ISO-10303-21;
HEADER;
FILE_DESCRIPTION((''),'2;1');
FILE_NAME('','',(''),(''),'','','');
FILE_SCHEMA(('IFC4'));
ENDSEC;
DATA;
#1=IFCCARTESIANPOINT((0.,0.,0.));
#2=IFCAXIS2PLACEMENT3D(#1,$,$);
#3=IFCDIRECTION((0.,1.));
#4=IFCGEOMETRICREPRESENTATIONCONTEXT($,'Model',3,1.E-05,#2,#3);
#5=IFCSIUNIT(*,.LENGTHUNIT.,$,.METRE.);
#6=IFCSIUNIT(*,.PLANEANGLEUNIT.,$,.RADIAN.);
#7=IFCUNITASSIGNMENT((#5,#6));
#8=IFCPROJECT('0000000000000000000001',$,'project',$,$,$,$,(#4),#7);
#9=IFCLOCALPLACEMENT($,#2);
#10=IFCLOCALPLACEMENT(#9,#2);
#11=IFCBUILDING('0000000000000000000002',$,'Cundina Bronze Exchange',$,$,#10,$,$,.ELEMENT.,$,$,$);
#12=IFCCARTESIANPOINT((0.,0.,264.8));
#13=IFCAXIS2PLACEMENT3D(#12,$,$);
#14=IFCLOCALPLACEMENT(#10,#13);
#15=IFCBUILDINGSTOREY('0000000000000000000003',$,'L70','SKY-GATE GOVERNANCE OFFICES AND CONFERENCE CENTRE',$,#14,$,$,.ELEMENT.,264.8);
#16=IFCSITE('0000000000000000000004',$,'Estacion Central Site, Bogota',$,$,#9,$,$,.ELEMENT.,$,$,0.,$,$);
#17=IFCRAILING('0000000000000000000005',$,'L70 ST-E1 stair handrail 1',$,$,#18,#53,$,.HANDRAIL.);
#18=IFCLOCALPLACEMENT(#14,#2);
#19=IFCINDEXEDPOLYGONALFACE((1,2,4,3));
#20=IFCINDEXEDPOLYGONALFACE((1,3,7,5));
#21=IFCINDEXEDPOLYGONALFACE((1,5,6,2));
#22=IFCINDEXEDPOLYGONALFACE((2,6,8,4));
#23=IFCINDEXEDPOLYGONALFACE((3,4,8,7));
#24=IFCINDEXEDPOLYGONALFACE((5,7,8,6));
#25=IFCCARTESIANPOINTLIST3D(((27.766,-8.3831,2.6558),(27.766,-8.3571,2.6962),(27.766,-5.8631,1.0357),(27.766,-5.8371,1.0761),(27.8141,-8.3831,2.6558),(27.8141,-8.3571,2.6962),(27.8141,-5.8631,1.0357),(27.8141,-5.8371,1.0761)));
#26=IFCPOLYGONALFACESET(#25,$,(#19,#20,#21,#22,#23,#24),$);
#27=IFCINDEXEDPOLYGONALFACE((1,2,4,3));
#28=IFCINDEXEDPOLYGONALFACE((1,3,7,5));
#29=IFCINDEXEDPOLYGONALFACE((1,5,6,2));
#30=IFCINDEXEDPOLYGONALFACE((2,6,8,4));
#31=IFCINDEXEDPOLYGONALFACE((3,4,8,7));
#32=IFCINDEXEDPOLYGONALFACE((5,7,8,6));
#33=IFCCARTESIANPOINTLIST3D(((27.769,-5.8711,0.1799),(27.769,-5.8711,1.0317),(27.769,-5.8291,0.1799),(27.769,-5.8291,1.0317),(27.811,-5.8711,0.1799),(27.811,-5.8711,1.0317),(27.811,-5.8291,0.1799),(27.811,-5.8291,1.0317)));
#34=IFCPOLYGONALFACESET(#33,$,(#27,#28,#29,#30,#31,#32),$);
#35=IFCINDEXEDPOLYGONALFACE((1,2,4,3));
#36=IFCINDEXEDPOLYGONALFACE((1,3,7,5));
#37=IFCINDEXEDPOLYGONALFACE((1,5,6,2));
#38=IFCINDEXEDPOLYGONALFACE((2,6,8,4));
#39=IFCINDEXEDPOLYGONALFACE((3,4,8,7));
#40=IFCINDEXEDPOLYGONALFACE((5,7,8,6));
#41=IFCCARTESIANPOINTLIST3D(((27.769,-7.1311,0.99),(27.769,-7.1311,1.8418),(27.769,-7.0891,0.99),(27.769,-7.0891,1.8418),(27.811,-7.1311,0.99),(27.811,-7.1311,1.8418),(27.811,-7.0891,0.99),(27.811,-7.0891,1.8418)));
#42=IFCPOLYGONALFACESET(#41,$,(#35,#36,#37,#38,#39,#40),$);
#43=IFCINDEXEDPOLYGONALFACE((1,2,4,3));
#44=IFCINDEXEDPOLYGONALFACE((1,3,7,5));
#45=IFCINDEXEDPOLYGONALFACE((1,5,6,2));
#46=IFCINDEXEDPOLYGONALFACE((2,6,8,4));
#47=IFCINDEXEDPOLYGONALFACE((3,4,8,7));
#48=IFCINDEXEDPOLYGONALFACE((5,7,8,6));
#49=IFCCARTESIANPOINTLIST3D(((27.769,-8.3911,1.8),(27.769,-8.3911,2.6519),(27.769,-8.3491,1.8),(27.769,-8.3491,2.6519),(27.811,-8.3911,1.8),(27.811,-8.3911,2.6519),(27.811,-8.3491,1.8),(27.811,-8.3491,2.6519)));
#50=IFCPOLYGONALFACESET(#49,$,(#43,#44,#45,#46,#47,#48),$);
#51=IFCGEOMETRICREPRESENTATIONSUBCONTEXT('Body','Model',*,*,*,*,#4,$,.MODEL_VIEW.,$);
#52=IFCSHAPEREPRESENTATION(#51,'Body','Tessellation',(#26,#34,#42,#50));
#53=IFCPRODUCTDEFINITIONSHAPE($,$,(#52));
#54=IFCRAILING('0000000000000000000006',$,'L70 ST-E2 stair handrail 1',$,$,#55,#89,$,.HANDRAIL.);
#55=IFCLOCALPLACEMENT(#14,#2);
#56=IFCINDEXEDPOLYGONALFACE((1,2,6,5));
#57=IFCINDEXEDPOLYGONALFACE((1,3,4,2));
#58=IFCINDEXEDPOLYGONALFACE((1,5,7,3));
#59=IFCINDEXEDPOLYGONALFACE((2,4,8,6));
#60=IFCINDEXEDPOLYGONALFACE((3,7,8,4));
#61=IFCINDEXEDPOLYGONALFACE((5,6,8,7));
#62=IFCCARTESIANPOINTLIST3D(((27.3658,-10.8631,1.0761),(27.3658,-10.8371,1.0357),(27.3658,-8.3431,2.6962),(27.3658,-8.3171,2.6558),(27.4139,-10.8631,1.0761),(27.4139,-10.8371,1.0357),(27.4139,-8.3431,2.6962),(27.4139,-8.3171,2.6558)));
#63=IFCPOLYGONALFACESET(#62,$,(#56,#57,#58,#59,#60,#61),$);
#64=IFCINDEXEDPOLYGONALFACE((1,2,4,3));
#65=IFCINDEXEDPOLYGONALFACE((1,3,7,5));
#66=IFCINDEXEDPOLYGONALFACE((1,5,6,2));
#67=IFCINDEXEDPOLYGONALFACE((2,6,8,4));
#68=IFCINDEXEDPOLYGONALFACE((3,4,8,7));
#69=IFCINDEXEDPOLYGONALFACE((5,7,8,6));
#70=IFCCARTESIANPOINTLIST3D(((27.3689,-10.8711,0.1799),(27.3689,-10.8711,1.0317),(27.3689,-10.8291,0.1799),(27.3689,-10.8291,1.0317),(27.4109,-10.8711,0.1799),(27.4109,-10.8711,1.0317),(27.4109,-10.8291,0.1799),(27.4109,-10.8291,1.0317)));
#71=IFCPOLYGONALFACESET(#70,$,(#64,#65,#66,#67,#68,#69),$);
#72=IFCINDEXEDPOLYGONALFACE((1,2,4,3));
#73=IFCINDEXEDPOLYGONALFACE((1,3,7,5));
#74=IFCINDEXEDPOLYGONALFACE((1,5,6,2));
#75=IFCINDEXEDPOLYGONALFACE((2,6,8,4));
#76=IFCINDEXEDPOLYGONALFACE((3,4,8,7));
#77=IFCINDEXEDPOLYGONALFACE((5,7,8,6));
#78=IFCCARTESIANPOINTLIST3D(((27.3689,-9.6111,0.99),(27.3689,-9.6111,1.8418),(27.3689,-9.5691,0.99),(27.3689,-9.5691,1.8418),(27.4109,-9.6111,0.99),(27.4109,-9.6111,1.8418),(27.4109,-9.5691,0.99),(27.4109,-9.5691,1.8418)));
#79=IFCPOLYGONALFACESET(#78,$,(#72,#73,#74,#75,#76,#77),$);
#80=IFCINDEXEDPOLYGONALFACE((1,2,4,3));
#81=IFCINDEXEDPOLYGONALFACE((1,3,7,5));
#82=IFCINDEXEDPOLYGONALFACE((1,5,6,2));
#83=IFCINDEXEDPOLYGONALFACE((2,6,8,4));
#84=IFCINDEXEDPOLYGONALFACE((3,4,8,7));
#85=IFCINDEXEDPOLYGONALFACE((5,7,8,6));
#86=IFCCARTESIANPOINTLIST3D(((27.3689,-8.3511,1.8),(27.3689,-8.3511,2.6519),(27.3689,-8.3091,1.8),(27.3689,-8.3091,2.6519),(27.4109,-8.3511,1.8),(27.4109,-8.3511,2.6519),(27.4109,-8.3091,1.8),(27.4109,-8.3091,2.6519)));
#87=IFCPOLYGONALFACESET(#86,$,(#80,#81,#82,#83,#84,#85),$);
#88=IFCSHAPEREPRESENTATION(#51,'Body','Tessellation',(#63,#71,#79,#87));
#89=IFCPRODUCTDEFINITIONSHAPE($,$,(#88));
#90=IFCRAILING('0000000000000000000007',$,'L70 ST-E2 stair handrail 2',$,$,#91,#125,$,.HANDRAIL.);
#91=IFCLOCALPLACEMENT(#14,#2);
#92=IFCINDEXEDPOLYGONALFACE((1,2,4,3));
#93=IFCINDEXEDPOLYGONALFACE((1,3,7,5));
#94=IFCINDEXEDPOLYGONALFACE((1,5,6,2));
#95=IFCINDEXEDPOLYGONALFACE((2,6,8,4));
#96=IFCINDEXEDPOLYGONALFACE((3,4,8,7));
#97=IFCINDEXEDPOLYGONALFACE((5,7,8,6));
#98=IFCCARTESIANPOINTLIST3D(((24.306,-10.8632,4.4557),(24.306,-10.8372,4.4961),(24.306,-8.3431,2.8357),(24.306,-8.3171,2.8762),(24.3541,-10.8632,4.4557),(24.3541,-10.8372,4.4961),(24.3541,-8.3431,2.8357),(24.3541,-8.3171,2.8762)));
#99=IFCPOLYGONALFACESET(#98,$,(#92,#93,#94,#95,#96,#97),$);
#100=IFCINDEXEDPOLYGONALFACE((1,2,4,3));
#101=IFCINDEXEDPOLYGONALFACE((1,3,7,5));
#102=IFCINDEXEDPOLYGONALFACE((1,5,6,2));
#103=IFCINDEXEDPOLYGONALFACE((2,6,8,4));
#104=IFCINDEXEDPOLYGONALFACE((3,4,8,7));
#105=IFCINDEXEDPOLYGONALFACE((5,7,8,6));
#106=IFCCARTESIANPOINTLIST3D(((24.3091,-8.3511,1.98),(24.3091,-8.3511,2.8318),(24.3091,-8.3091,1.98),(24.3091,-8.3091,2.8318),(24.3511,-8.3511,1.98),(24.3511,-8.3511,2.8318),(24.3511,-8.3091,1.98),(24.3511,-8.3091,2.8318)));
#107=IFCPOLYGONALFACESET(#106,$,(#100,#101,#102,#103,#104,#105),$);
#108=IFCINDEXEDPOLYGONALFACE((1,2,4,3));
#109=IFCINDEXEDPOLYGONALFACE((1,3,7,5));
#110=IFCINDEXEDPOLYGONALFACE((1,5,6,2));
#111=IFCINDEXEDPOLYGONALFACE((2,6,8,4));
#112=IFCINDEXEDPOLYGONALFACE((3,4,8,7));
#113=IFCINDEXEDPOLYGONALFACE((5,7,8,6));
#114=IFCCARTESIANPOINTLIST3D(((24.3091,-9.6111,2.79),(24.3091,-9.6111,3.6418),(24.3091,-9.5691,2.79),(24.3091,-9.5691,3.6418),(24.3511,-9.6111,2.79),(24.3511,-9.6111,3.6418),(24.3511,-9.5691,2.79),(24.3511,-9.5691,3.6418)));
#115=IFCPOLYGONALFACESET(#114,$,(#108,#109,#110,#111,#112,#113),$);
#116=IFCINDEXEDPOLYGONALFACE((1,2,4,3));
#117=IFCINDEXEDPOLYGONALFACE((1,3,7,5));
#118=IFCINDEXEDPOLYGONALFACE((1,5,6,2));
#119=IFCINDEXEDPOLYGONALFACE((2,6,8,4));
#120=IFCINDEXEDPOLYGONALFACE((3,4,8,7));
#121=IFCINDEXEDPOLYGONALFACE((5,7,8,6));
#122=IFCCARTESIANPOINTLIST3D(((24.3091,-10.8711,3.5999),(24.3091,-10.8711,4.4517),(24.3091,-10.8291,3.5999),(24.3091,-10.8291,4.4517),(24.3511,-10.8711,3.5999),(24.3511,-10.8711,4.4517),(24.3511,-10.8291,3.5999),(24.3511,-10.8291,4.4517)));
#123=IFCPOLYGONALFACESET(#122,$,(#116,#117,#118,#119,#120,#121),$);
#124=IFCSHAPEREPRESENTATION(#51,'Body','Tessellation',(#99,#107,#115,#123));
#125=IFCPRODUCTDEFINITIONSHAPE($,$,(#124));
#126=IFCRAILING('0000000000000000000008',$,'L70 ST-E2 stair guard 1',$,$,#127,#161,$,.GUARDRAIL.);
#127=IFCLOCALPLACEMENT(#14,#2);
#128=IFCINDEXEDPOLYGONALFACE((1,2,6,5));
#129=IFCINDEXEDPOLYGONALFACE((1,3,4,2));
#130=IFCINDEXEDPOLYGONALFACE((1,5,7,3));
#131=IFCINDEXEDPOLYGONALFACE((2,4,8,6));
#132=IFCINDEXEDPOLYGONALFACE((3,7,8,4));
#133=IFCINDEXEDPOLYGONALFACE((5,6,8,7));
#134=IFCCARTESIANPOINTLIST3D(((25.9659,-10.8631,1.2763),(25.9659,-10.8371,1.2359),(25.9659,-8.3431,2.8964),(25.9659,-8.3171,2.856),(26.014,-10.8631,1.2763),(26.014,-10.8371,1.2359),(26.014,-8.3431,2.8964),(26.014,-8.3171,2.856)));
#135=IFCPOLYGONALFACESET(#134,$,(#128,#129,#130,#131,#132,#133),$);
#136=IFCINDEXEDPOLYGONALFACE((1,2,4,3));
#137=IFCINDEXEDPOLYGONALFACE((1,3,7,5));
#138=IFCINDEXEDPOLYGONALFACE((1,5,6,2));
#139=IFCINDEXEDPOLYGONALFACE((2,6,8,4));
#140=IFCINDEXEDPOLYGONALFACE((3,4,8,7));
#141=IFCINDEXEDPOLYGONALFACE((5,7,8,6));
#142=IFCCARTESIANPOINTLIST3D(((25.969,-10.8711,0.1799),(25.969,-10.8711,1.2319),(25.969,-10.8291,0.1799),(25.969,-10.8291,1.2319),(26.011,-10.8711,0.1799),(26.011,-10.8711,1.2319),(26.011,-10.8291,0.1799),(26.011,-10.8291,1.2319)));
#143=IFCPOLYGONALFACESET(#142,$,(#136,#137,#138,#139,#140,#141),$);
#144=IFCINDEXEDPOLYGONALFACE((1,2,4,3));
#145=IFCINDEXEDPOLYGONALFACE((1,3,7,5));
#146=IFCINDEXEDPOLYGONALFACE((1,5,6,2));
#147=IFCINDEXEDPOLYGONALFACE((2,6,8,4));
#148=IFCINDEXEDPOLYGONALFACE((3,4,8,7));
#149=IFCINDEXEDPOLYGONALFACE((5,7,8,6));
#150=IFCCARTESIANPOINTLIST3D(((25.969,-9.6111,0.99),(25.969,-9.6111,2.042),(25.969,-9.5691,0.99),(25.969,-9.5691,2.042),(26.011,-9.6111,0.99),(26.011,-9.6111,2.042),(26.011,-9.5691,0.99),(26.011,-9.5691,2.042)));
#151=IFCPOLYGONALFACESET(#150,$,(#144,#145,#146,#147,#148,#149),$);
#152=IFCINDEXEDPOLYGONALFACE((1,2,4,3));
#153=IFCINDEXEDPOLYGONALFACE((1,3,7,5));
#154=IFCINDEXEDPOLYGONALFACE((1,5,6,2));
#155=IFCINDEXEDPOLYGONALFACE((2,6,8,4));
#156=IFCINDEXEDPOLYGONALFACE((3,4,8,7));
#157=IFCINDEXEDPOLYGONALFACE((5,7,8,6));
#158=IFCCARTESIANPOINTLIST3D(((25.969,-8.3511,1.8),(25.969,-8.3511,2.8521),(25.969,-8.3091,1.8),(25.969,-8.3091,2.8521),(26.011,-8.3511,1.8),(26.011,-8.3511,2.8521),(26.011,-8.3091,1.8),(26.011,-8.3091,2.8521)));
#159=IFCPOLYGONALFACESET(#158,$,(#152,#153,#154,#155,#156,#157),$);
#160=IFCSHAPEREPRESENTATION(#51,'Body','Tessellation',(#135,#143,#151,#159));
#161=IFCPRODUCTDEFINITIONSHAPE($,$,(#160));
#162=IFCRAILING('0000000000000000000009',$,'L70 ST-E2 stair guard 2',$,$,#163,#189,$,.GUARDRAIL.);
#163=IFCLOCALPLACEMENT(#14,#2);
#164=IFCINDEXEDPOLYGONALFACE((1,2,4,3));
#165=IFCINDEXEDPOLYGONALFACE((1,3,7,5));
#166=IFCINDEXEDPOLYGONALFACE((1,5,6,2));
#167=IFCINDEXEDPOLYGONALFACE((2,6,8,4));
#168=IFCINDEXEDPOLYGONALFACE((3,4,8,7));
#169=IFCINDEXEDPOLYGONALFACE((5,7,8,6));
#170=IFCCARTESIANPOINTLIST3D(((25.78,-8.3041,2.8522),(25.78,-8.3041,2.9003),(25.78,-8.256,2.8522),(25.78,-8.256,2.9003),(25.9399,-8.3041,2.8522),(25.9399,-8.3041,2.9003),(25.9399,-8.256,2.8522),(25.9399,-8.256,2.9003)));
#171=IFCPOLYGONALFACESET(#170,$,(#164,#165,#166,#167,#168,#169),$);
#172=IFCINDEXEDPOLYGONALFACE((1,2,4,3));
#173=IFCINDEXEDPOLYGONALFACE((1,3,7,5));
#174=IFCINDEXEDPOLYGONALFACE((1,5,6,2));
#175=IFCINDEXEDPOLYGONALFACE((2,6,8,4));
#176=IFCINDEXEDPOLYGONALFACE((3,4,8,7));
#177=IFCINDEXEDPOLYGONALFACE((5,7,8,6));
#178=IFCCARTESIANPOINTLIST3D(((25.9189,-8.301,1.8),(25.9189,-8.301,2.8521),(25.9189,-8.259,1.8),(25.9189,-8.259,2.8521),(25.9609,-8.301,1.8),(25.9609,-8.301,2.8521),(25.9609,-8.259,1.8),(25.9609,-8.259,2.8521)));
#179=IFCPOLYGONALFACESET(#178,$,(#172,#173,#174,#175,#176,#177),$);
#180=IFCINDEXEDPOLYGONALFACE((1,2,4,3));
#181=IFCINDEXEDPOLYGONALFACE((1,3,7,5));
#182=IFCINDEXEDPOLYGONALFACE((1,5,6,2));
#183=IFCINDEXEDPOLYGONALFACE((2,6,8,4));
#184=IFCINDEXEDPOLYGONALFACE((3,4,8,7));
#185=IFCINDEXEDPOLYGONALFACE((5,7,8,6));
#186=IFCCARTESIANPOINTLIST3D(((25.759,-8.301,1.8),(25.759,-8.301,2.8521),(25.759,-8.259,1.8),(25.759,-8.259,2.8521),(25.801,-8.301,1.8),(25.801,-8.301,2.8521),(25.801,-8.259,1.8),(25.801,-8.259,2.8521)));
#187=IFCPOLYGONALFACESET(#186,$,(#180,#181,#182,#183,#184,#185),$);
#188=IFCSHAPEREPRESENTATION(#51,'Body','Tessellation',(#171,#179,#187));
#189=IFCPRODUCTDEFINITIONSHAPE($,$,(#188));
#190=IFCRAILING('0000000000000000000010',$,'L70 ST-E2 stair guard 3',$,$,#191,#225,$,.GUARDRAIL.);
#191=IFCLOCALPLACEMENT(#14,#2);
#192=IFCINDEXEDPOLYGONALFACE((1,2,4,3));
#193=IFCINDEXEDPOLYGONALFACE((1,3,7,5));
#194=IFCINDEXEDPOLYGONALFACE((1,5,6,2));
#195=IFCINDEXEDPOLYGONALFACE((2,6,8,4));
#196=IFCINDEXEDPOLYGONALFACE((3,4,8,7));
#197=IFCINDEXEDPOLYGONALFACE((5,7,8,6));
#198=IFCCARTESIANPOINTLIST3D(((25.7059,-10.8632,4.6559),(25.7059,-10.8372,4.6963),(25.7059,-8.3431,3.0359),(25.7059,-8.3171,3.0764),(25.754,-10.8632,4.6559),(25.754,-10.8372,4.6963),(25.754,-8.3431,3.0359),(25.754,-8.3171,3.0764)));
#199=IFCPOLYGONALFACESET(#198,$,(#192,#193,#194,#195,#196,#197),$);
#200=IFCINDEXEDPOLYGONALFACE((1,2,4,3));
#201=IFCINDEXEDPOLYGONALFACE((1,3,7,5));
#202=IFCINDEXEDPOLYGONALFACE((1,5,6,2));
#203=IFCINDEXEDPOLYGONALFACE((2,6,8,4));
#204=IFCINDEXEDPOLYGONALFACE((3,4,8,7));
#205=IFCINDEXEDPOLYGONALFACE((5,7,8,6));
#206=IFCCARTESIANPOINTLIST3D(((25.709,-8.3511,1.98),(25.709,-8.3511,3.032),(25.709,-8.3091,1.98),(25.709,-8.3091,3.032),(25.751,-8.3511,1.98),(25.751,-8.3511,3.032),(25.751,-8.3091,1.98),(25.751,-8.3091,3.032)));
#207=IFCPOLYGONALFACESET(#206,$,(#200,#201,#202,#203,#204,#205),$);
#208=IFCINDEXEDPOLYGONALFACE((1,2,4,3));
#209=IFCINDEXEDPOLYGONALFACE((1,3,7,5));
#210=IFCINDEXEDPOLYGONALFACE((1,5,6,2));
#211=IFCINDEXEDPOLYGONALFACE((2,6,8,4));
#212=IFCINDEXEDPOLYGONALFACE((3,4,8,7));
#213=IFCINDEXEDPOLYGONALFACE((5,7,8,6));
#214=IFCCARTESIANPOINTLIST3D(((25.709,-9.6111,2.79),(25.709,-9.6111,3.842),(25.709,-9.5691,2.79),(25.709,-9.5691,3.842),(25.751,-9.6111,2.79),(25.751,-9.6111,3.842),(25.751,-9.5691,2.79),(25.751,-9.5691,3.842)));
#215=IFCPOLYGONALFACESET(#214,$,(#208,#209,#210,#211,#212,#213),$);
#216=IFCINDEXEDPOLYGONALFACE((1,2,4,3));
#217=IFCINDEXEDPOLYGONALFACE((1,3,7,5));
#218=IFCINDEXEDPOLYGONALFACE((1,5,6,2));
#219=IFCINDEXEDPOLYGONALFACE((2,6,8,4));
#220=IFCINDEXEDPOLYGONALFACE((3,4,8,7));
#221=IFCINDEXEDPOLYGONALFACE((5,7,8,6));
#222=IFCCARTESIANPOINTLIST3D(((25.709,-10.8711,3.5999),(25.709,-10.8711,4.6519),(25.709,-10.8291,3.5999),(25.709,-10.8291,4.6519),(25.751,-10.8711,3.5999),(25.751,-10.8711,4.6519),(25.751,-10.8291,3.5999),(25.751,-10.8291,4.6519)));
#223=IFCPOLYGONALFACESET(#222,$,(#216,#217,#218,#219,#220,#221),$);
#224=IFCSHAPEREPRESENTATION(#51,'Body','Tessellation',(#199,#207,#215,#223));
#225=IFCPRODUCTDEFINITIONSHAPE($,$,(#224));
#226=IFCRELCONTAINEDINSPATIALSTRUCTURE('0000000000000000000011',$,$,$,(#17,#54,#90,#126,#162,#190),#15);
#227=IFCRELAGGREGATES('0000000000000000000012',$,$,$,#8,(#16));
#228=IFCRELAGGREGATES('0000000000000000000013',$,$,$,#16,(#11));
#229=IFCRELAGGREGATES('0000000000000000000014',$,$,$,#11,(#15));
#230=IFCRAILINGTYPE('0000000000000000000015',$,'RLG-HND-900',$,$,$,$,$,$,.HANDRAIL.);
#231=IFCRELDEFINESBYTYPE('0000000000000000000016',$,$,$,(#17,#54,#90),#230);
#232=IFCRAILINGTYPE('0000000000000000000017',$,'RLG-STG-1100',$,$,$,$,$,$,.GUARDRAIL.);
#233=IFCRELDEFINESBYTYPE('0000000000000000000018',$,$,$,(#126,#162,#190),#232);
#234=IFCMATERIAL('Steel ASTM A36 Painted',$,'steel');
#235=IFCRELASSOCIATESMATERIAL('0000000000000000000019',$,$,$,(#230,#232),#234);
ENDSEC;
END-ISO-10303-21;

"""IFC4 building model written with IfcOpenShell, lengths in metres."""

from ifc_helpers import new_model, si_unit, direction, frame, origin, origin_2d, place, context, subcontext, project, spatial, rectangle, extrude, material, type_object, element, save


model = new_model("IFC4")

# Units and contexts
model_context = context("Model", 3, precision=1e-05, world=origin(), true_north=direction((0.0, 1.0)))
body_context = subcontext(model_context, "Body", "Model", "MODEL_VIEW")
ifc_project = project(units=[si_unit("LENGTHUNIT", "METRE"), si_unit("PLANEANGLEUNIT", "RADIAN")], contexts=[model_context])

# Site, building, storey
site_placement = place(None, origin())
site = spatial("IfcSite", under=ifc_project, at=site_placement, Name="Estacion Central Site, Bogota", CompositionType="ELEMENT", RefElevation=0.0)
building_placement = place(site_placement, origin())
building = spatial("IfcBuilding", under=site, at=building_placement, Name="Cundina Bronze Exchange", CompositionType="ELEMENT")
storey_placement = place(building_placement, frame((0.0, 0.0, 264.8)))
storey = spatial("IfcBuildingStorey", under=building, at=storey_placement, Name="L70", Description="SKY-GATE GOVERNANCE OFFICES AND CONFERENCE CENTRE", CompositionType="ELEMENT", Elevation=264.8)

# Shared definitions
ifc_material_1 = material(Name="Steel ASTM A36 Painted", Category="steel")

# Railings
railing_type_1 = type_object("IfcRailingType", Name="RLG-HND-900", PredefinedType="HANDRAIL", material=ifc_material_1)
railing_1_placement = place(storey_placement, frame((27.79, -5.8501, 0.1799)))
element("IfcRailing", 1, at=railing_1_placement, inside=storey, type_object=railing_type_1, Name="L70 ST-E1 stair handrail 1", PredefinedType="HANDRAIL", context=body_context, shape_type="SweptSolid", body=[
    extrude(rectangle(XDim=0.0481, YDim=0.0481, at=origin_2d()), frame((0.0, 0.0, 0.876), z_axis=(0.0, -0.841163, 0.540782), x_axis=(1.0, 0.0, 0.0)), (0.0, 0.0, 1.0), 2.9958),
    extrude(rectangle(XDim=0.042, YDim=0.042, at=origin_2d()), origin(), (0.0, 0.0, 1.0), 0.8518),
    extrude(rectangle(XDim=0.042, YDim=0.042, at=origin_2d()), frame((0.0, -1.26, 0.8101)), (0.0, 0.0, 1.0), 0.8518),
    extrude(rectangle(XDim=0.042, YDim=0.042, at=origin_2d()), frame((0.0, -2.52, 1.6201)), (0.0, 0.0, 1.0), 0.8518),
])
railing_2_placement = place(storey_placement, frame((27.3899, -10.8501, 0.1799)))
element("IfcRailing", 2, at=railing_2_placement, inside=storey, type_object=railing_type_1, Name="L70 ST-E2 stair handrail 1", PredefinedType="HANDRAIL", context=body_context, shape_type="SweptSolid", body=[
    extrude(rectangle(XDim=0.0481, YDim=0.0481, at=origin_2d()), frame((0.0, 0.0, 0.876), z_axis=(0.0, 0.841163, 0.540782), x_axis=(-1.0, 0.0, 0.0)), (0.0, 0.0, 1.0), 2.9958),
    extrude(rectangle(XDim=0.042, YDim=0.042, at=origin_2d()), origin(), (0.0, 0.0, 1.0), 0.8518),
    extrude(rectangle(XDim=0.042, YDim=0.042, at=origin_2d()), frame((0.0, 1.26, 0.8101)), (0.0, 0.0, 1.0), 0.8518),
    extrude(rectangle(XDim=0.042, YDim=0.042, at=origin_2d()), frame((0.0, 2.52, 1.6201)), (0.0, 0.0, 1.0), 0.8518),
])
railing_3_placement = place(storey_placement, frame((24.3301, -8.3301, 1.98)))
element("IfcRailing", 3, at=railing_3_placement, inside=storey, type_object=railing_type_1, Name="L70 ST-E2 stair handrail 2", PredefinedType="HANDRAIL", context=body_context, shape_type="SweptSolid", body=[
    extrude(rectangle(XDim=0.0481, YDim=0.0481, at=origin_2d()), frame((0.0, 0.0, 0.876), z_axis=(0.0, -0.8412, 0.540725), x_axis=(1.0, 0.0, 0.0)), (0.0, 0.0, 1.0), 2.9958),
    extrude(rectangle(XDim=0.042, YDim=0.042, at=origin_2d()), origin(), (0.0, 0.0, 1.0), 0.8518),
    extrude(rectangle(XDim=0.042, YDim=0.042, at=origin_2d()), frame((0.0, -1.26, 0.8101)), (0.0, 0.0, 1.0), 0.8518),
    extrude(rectangle(XDim=0.042, YDim=0.042, at=origin_2d()), frame((0.0, -2.52, 1.6199)), (0.0, 0.0, 1.0), 0.8518),
])
railing_type_2 = type_object("IfcRailingType", Name="RLG-STG-1100", PredefinedType="GUARDRAIL", material=ifc_material_1)
railing_4_placement = place(storey_placement, frame((25.99, -10.8501, 0.1799)))
element("IfcRailing", 4, at=railing_4_placement, inside=storey, type_object=railing_type_2, Name="L70 ST-E2 stair guard 1", PredefinedType="GUARDRAIL", context=body_context, shape_type="SweptSolid", body=[
    extrude(rectangle(XDim=0.0481, YDim=0.0481, at=origin_2d()), frame((0.0, 0.0, 1.0762), z_axis=(0.0, 0.841163, 0.540782), x_axis=(-1.0, 0.0, 0.0)), (0.0, 0.0, 1.0), 2.9958),
    extrude(rectangle(XDim=0.042, YDim=0.042, at=origin_2d()), origin(), (0.0, 0.0, 1.0), 1.052),
    extrude(rectangle(XDim=0.042, YDim=0.042, at=origin_2d()), frame((0.0, 1.26, 0.8101)), (0.0, 0.0, 1.0), 1.052),
    extrude(rectangle(XDim=0.042, YDim=0.042, at=origin_2d()), frame((0.0, 2.52, 1.6201)), (0.0, 0.0, 1.0), 1.052),
])
railing_5_placement = place(storey_placement, frame((25.9399, -8.28, 1.8)))
element("IfcRailing", 5, at=railing_5_placement, inside=storey, type_object=railing_type_2, Name="L70 ST-E2 stair guard 2", PredefinedType="GUARDRAIL", context=body_context, shape_type="SweptSolid", body=[
    extrude(rectangle(XDim=0.0481, YDim=0.0481, at=origin_2d()), frame((0.0, 0.0, 1.0762), z_axis=(-1.0, 0.0, 0.0), x_axis=(0.0, -1.0, 0.0)), (0.0, 0.0, 1.0), 0.1599),
    extrude(rectangle(XDim=0.042, YDim=0.042, at=origin_2d()), origin(), (0.0, 0.0, 1.0), 1.052),
    extrude(rectangle(XDim=0.042, YDim=0.042, at=origin_2d()), frame((-0.1599, 0.0, 0.0)), (0.0, 0.0, 1.0), 1.052),
])
railing_6_placement = place(storey_placement, frame((25.73, -8.3301, 1.98)))
element("IfcRailing", 6, at=railing_6_placement, inside=storey, type_object=railing_type_2, Name="L70 ST-E2 stair guard 3", PredefinedType="GUARDRAIL", context=body_context, shape_type="SweptSolid", body=[
    extrude(rectangle(XDim=0.0481, YDim=0.0481, at=origin_2d()), frame((0.0, 0.0, 1.0762), z_axis=(0.0, -0.8412, 0.540725), x_axis=(1.0, 0.0, 0.0)), (0.0, 0.0, 1.0), 2.9958),
    extrude(rectangle(XDim=0.042, YDim=0.042, at=origin_2d()), origin(), (0.0, 0.0, 1.0), 1.052),
    extrude(rectangle(XDim=0.042, YDim=0.042, at=origin_2d()), frame((0.0, -1.26, 0.8101)), (0.0, 0.0, 1.0), 1.052),
    extrude(rectangle(XDim=0.042, YDim=0.042, at=origin_2d()), frame((0.0, -2.52, 1.6199)), (0.0, 0.0, 1.0), 1.052),
])

save(model, "model.ifc")
